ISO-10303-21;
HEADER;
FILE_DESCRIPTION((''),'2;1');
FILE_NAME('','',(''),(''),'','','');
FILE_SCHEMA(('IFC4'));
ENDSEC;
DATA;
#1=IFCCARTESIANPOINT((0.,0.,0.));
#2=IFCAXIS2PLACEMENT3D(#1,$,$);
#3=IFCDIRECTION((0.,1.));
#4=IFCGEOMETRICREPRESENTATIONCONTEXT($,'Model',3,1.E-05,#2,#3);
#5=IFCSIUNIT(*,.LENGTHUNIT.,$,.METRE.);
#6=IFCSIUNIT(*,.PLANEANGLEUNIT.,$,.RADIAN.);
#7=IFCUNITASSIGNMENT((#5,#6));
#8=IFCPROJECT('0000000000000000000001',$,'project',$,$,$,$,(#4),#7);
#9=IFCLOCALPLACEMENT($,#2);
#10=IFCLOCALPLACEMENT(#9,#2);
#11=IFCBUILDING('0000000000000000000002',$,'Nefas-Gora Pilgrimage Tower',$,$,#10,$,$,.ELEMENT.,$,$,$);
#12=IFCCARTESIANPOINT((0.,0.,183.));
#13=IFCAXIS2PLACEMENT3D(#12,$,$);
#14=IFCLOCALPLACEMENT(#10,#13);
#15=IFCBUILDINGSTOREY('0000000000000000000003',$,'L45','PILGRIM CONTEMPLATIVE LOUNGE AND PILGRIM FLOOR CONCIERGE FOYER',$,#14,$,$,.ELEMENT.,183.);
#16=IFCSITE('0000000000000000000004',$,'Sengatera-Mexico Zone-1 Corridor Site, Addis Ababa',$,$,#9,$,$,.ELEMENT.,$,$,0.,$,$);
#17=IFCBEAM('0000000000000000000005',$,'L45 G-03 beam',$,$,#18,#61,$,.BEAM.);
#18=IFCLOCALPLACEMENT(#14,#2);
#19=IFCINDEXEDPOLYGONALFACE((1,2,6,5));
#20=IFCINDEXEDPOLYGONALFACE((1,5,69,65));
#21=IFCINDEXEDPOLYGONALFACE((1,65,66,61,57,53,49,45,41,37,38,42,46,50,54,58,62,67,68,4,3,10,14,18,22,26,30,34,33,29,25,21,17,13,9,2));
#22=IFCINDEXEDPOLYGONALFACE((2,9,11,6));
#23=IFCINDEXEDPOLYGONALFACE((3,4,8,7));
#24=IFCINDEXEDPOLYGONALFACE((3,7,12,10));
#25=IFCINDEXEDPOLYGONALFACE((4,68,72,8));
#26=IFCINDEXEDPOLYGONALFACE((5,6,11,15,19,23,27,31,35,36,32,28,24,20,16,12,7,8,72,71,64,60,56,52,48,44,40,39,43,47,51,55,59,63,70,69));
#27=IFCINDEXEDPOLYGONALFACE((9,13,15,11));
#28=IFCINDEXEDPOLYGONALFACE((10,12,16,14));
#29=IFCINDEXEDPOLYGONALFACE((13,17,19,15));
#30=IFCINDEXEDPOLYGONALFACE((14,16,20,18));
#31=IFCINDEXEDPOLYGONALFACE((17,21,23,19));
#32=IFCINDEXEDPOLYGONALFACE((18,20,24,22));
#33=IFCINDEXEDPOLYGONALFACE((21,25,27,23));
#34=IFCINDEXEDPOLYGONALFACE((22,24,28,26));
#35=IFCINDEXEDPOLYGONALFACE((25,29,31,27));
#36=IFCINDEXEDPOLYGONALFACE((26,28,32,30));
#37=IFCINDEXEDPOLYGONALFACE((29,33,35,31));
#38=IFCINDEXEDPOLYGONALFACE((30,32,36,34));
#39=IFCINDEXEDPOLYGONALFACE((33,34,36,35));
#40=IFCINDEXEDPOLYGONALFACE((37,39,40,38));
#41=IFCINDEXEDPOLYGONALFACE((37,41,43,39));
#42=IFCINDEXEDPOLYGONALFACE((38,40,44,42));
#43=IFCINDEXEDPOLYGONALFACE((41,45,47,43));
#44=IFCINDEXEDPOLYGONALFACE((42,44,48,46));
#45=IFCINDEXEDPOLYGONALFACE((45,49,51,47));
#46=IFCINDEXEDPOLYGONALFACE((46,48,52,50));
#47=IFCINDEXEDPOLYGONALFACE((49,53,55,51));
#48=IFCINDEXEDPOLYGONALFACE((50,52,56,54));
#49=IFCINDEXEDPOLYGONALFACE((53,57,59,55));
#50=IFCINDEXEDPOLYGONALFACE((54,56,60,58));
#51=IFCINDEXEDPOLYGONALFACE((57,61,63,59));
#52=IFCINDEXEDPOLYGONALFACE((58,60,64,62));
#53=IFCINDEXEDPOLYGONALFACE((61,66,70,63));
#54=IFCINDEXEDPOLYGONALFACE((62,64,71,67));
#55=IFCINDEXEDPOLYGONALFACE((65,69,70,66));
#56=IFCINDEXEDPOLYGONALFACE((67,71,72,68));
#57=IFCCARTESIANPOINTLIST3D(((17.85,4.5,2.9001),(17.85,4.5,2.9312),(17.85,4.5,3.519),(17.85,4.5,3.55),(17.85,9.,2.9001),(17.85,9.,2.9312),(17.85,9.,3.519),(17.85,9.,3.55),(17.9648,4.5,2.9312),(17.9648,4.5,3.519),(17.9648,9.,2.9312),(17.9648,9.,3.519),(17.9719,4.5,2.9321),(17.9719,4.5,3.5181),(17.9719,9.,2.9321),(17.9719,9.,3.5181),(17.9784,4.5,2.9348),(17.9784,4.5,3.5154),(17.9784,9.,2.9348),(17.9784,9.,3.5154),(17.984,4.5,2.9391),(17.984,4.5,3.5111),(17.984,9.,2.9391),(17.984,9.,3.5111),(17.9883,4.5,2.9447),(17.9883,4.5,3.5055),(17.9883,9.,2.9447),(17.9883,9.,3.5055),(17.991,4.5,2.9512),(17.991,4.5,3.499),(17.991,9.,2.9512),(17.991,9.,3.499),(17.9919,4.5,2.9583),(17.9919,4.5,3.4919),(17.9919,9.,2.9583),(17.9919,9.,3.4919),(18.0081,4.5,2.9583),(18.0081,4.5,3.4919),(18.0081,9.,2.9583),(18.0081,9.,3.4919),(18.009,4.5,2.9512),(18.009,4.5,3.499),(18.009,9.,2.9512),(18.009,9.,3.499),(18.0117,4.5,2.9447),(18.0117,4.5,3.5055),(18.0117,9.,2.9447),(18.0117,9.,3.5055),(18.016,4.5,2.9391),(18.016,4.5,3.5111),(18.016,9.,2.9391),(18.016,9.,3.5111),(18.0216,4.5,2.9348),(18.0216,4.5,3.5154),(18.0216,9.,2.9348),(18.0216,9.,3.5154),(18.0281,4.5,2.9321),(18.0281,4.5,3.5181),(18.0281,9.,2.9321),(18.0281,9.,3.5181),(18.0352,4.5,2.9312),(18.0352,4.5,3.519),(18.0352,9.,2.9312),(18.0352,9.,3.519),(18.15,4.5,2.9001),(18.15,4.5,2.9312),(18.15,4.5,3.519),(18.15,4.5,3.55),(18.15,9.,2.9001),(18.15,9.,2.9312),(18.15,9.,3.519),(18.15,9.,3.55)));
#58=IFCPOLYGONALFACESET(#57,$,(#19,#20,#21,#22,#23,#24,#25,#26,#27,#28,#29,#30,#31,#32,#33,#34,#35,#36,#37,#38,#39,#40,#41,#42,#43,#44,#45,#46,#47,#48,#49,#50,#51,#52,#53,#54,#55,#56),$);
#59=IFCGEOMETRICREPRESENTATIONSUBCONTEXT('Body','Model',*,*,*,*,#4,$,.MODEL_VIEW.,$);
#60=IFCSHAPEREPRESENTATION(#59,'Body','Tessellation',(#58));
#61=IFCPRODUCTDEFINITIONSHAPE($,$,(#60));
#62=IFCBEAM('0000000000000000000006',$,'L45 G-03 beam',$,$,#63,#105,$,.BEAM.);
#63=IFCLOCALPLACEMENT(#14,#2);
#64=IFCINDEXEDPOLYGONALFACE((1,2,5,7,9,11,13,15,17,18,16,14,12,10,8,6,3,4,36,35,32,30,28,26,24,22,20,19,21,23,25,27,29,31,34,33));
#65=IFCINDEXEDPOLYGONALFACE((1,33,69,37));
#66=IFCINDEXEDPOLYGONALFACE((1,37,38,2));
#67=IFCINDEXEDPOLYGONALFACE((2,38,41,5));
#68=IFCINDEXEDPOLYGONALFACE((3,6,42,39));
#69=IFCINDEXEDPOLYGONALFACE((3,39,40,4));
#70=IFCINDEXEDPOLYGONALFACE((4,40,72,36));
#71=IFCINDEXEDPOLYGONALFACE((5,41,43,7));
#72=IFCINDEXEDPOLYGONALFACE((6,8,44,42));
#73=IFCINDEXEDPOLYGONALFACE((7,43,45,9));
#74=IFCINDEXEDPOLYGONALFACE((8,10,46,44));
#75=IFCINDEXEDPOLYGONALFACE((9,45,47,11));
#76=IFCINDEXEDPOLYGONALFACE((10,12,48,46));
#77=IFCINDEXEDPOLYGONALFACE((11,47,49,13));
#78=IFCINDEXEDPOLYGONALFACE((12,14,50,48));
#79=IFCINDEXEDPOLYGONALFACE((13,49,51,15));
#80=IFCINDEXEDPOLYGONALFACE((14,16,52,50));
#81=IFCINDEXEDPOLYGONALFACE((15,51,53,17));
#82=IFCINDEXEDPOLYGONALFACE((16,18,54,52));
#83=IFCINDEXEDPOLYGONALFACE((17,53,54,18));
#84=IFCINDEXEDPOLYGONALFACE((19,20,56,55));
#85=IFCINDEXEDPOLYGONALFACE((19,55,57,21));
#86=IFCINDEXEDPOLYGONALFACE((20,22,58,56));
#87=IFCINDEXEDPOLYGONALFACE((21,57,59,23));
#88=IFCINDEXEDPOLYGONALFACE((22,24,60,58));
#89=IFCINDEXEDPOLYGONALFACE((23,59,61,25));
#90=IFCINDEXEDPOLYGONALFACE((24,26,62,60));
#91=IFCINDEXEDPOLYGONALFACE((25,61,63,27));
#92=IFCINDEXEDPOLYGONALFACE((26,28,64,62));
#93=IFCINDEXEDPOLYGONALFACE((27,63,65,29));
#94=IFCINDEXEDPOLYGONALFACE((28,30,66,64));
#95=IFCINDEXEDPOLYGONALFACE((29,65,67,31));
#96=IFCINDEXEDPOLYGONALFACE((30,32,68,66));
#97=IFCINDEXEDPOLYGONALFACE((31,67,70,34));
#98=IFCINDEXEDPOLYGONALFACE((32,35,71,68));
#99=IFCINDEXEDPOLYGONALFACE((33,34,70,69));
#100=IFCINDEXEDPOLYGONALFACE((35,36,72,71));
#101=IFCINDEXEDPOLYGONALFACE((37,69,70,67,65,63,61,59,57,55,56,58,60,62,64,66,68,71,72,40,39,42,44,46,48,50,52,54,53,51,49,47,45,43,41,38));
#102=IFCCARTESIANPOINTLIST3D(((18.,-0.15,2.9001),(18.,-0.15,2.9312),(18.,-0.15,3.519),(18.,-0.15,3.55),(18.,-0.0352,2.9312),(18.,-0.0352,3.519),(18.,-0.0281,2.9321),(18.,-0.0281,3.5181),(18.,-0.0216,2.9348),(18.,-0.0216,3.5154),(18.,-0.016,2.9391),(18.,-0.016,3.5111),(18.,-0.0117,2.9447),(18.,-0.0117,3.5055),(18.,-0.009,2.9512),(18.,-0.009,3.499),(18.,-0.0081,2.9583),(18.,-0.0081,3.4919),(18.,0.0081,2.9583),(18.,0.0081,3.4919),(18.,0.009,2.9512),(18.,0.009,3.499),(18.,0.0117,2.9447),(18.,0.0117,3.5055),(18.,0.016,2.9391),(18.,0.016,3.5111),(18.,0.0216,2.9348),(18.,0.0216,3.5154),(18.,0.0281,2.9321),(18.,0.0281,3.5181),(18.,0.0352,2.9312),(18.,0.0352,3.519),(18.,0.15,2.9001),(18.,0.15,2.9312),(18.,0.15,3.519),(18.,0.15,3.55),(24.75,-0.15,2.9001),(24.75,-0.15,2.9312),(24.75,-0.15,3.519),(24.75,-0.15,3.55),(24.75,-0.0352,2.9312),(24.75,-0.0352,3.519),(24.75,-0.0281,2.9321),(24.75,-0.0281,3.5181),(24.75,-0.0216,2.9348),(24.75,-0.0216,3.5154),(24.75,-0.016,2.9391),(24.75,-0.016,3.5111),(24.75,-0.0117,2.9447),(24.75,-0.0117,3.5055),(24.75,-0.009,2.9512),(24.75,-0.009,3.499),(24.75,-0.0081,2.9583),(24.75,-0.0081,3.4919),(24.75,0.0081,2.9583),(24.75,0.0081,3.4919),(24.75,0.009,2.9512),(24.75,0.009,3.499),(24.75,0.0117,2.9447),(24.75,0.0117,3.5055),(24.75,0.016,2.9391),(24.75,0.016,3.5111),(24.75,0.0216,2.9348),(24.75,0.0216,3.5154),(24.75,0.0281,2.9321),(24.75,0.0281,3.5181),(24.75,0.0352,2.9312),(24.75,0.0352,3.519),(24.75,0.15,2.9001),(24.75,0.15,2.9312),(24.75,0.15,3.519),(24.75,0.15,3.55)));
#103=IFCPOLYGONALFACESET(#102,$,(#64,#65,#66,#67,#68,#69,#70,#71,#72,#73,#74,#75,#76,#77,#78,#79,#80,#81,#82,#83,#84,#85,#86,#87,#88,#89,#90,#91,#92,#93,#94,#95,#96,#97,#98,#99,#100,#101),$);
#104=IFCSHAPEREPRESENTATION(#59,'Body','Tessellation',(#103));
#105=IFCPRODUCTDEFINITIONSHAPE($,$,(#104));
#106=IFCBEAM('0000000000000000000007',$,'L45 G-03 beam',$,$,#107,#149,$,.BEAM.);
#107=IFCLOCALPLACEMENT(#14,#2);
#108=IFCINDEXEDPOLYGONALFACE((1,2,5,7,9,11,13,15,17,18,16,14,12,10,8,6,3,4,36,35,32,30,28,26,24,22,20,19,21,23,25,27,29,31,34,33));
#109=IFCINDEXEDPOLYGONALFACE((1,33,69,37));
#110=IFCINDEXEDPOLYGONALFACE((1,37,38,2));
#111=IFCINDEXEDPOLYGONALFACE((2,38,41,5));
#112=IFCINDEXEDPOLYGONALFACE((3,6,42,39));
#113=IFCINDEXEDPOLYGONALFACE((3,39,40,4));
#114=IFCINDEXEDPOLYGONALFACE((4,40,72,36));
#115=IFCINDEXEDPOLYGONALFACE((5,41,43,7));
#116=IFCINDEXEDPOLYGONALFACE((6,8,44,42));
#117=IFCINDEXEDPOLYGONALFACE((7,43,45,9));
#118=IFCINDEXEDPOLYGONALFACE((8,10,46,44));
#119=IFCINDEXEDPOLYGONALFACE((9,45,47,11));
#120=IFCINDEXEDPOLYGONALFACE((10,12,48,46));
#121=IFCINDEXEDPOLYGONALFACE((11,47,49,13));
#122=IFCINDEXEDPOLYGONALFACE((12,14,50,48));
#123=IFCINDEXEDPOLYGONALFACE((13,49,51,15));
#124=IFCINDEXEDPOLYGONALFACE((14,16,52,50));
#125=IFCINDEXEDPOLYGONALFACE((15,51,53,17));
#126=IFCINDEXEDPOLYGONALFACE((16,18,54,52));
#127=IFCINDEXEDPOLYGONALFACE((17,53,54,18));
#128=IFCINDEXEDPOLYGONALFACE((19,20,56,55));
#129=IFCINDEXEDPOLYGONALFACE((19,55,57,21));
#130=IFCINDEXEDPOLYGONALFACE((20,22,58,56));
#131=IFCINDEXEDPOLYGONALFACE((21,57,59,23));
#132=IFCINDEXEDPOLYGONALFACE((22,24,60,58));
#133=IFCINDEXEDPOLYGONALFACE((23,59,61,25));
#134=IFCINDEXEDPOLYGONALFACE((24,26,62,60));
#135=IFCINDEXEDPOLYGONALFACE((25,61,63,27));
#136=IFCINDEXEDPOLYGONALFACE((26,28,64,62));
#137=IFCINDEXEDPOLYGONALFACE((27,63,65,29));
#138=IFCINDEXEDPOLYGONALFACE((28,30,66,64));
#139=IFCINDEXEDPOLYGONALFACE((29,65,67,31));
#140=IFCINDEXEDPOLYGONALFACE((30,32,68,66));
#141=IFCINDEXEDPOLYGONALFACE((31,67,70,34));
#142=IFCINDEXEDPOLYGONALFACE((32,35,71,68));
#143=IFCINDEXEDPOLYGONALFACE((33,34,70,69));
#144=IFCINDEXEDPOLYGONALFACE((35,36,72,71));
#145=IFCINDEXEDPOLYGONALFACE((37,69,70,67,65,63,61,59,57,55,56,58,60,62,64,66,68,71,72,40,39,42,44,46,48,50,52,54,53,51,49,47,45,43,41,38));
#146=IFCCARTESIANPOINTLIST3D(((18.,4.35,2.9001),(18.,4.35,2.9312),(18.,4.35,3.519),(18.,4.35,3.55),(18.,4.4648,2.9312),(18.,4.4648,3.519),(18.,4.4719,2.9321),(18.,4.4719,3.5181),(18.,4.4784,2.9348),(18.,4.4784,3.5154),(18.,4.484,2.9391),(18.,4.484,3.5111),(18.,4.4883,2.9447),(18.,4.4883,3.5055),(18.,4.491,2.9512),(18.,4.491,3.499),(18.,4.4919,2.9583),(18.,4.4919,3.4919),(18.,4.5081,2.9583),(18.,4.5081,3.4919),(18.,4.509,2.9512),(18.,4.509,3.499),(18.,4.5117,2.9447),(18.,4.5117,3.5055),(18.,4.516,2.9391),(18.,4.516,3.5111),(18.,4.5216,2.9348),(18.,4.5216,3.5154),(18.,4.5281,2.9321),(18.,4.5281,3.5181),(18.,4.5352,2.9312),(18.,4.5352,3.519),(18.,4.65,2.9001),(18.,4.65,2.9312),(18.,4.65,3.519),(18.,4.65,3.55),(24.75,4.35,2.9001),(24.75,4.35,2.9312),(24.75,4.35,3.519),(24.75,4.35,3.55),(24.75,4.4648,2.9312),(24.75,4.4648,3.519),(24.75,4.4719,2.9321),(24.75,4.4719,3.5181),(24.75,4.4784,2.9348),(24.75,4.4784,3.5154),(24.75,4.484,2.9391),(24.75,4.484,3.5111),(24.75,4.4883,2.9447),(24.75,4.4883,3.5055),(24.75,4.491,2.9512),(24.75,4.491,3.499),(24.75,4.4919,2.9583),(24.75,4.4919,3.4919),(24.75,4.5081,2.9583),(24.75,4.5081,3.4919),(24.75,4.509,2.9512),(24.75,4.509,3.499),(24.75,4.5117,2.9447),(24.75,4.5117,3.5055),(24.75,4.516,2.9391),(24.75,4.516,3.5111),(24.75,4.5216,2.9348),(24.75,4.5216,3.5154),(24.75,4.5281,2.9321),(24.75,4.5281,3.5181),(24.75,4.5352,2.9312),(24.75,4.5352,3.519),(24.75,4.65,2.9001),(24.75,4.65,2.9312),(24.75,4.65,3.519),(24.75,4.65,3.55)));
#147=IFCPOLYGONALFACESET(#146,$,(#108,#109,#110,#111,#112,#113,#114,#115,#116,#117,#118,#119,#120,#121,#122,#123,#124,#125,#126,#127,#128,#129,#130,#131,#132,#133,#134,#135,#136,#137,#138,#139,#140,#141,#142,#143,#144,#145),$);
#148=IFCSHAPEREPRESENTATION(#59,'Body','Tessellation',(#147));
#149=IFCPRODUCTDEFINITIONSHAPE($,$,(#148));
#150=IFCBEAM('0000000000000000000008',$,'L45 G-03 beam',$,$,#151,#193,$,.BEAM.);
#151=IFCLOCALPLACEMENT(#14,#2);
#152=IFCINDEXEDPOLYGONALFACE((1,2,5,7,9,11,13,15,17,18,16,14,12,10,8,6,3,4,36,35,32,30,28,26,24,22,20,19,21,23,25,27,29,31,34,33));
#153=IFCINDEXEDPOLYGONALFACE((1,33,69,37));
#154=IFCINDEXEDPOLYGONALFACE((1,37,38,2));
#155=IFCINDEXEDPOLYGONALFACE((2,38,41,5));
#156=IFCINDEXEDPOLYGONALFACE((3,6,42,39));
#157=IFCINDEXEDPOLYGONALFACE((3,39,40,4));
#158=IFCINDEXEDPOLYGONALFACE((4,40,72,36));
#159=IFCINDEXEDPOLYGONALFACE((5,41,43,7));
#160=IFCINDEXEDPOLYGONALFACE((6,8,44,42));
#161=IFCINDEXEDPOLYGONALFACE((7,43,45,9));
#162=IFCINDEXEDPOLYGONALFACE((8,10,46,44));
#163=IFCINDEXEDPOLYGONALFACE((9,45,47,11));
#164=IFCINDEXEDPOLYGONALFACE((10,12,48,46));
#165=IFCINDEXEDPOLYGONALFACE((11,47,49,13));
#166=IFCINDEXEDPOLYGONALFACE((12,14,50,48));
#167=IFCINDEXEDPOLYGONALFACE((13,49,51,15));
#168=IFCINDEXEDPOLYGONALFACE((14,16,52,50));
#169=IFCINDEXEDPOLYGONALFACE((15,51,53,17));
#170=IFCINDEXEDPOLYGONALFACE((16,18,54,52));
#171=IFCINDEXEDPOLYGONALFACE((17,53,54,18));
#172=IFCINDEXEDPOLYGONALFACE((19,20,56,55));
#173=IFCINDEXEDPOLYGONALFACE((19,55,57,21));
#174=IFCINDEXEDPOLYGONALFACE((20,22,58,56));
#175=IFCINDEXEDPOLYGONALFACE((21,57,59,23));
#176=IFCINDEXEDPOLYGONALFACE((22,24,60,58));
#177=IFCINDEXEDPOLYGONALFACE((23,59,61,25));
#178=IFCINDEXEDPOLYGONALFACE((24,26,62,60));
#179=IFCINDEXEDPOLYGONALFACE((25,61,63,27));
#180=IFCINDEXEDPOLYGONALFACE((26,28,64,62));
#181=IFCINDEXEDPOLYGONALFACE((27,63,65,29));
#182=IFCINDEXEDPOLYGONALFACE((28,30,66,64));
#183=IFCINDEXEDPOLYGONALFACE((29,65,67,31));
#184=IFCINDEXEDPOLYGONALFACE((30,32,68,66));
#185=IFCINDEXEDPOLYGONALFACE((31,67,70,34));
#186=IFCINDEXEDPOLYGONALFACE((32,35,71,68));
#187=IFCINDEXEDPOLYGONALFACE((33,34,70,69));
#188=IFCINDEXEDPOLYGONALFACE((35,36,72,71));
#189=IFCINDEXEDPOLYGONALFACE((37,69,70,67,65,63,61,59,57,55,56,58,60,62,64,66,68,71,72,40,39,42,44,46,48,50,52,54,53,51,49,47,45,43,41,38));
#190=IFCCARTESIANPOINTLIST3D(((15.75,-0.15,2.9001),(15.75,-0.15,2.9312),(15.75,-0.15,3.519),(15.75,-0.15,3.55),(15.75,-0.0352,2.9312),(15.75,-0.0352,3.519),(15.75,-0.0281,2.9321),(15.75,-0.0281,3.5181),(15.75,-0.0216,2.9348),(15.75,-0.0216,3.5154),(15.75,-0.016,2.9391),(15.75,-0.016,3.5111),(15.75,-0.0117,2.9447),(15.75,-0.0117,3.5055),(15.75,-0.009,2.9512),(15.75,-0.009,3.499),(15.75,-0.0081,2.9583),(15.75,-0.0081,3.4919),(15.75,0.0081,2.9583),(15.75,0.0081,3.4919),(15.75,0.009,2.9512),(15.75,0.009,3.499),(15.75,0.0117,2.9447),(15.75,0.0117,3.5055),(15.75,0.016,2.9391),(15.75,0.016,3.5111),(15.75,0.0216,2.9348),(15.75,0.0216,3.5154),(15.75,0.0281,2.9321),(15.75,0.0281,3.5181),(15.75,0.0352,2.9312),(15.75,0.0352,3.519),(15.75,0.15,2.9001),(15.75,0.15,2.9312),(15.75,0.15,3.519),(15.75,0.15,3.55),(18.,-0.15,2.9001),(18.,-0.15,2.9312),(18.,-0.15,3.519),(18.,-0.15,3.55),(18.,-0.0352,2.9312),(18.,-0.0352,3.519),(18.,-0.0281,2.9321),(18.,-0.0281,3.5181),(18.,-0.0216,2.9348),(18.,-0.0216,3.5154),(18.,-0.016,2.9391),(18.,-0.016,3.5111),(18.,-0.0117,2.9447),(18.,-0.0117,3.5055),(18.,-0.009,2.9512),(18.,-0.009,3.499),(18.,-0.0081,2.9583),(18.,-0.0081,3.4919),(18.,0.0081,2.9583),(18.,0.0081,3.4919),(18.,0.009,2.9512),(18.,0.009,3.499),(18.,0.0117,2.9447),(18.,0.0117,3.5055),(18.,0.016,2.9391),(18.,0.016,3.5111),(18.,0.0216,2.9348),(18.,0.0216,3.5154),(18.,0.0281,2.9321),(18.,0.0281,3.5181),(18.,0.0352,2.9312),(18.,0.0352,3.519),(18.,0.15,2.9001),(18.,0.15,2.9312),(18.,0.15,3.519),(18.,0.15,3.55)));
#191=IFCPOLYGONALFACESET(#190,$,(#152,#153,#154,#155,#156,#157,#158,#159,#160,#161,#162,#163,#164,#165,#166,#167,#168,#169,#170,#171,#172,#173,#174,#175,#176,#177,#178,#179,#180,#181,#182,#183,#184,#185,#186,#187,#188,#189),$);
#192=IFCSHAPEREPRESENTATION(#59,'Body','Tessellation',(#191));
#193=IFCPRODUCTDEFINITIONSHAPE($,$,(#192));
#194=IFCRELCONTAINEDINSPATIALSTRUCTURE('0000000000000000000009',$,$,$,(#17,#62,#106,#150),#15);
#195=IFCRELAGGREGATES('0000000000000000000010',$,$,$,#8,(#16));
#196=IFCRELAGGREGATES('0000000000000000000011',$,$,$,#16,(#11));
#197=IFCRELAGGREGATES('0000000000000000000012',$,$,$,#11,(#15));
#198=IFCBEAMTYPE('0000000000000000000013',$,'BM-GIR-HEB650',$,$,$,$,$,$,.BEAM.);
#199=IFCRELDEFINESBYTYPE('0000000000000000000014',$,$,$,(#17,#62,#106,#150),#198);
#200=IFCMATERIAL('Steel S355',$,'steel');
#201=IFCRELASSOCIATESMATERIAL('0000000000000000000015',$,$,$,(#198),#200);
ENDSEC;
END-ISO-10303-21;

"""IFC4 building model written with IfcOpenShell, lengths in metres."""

from ifc_helpers import new_model, si_unit, direction, frame, origin, origin_2d, place, context, subcontext, project, spatial, i_section, extrude, source, transform, mapped, material, material_profile, profile_set, type_object, element, save


model = new_model("IFC4")

# Units and contexts
model_context = context("Model", 3, precision=1e-05, world=origin(), true_north=direction((0.0, 1.0)))
body_context = subcontext(model_context, "Body", "Model", "MODEL_VIEW")
ifc_project = project(units=[si_unit("LENGTHUNIT", "METRE"), si_unit("PLANEANGLEUNIT", "RADIAN")], contexts=[model_context])

# Site, building, storey
site_placement = place(None, origin())
site = spatial("IfcSite", under=ifc_project, at=site_placement, Name="Sengatera-Mexico Zone-1 Corridor Site, Addis Ababa", CompositionType="ELEMENT", RefElevation=0.0)
building_placement = place(site_placement, origin())
building = spatial("IfcBuilding", under=site, at=building_placement, Name="Nefas-Gora Pilgrimage Tower", CompositionType="ELEMENT")
storey_placement = place(building_placement, frame((0.0, 0.0, 183.0)))
storey = spatial("IfcBuildingStorey", under=building, at=storey_placement, Name="L45", Description="PILGRIM CONTEMPLATIVE LOUNGE AND PILGRIM FLOOR CONCIERGE FOYER", CompositionType="ELEMENT", Elevation=183.0)

# Beams
ifc_material_1 = material(Name="Steel S355", Category="steel")
ifc_material_profile_1 = material_profile(ifc_material_1, i_section(OverallWidth=0.3, OverallDepth=0.6499, WebThickness=0.0161, FlangeThickness=0.031, FilletRadius=0.0271, at=origin_2d()), Name="HEB 650")
ifc_profile_set_1 = profile_set([ifc_material_profile_1], Name="Steel S355")
beam_type_1 = type_object("IfcBeamType", Name="BM-GIR-HEB650", PredefinedType="BEAM", material=ifc_profile_set_1)
shared_shape_1 = source(origin(), body_context, "Body", "SweptSolid", [
    extrude(i_section(OverallWidth=0.3, OverallDepth=0.6499, WebThickness=0.0161, FlangeThickness=0.031, FilletRadius=0.0271, at=origin_2d()), origin(), (0.0, 0.0, 1.0), 4.5),
])
for number, where, z_axis, x_axis, name in (
    (1, (18.0, 4.5, 3.2251), (0.0, 1.0, 0.0), (-1.0, 0.0, 0.0), "L45 G-03 beam"),
):
    element("IfcBeam", number, at=place(storey_placement, frame(where, z_axis=z_axis, x_axis=x_axis)), inside=storey, type_object=beam_type_1, Name=name, PredefinedType="BEAM", context=body_context, shape_type="MappedRepresentation", body=[
        mapped(shared_shape_1, transform((0.0, 0.0, 0.0), x_axis=(1.0, 0.0, 0.0), y_axis=(0.0, 1.0, 0.0), z_axis=(0.0, 0.0, 1.0), scale=1.0)),
    ])
shared_shape_2 = source(origin(), body_context, "Body", "SweptSolid", [
    extrude(i_section(OverallWidth=0.3, OverallDepth=0.6499, WebThickness=0.0161, FlangeThickness=0.031, FilletRadius=0.0271, at=origin_2d()), origin(), (0.0, 0.0, 1.0), 6.75),
])
for number, where, z_axis, x_axis, name in (
    (2, (18.0, 0.0, 3.2251), (1.0, 0.0, 0.0), (0.0, 1.0, 0.0), "L45 G-03 beam"),
    (3, (18.0, 4.5, 3.2251), (1.0, 0.0, 0.0), (0.0, 1.0, 0.0), "L45 G-03 beam"),
):
    element("IfcBeam", number, at=place(storey_placement, frame(where, z_axis=z_axis, x_axis=x_axis)), inside=storey, type_object=beam_type_1, Name=name, PredefinedType="BEAM", context=body_context, shape_type="MappedRepresentation", body=[
        mapped(shared_shape_2, transform((0.0, 0.0, 0.0), x_axis=(1.0, 0.0, 0.0), y_axis=(0.0, 1.0, 0.0), z_axis=(0.0, 0.0, 1.0), scale=1.0)),
    ])
shared_shape_3 = source(origin(), body_context, "Body", "SweptSolid", [
    extrude(i_section(OverallWidth=0.3, OverallDepth=0.6499, WebThickness=0.0161, FlangeThickness=0.031, FilletRadius=0.0271, at=origin_2d()), origin(), (0.0, 0.0, 1.0), 2.25),
])
for number, where, z_axis, x_axis, name in (
    (4, (15.75, 0.0, 3.2251), (1.0, 0.0, 0.0), (0.0, 1.0, 0.0), "L45 G-03 beam"),
):
    element("IfcBeam", number, at=place(storey_placement, frame(where, z_axis=z_axis, x_axis=x_axis)), inside=storey, type_object=beam_type_1, Name=name, PredefinedType="BEAM", context=body_context, shape_type="MappedRepresentation", body=[
        mapped(shared_shape_3, transform((0.0, 0.0, 0.0), x_axis=(1.0, 0.0, 0.0), y_axis=(0.0, 1.0, 0.0), z_axis=(0.0, 0.0, 1.0), scale=1.0)),
    ])

save(model, "model.ifc")
